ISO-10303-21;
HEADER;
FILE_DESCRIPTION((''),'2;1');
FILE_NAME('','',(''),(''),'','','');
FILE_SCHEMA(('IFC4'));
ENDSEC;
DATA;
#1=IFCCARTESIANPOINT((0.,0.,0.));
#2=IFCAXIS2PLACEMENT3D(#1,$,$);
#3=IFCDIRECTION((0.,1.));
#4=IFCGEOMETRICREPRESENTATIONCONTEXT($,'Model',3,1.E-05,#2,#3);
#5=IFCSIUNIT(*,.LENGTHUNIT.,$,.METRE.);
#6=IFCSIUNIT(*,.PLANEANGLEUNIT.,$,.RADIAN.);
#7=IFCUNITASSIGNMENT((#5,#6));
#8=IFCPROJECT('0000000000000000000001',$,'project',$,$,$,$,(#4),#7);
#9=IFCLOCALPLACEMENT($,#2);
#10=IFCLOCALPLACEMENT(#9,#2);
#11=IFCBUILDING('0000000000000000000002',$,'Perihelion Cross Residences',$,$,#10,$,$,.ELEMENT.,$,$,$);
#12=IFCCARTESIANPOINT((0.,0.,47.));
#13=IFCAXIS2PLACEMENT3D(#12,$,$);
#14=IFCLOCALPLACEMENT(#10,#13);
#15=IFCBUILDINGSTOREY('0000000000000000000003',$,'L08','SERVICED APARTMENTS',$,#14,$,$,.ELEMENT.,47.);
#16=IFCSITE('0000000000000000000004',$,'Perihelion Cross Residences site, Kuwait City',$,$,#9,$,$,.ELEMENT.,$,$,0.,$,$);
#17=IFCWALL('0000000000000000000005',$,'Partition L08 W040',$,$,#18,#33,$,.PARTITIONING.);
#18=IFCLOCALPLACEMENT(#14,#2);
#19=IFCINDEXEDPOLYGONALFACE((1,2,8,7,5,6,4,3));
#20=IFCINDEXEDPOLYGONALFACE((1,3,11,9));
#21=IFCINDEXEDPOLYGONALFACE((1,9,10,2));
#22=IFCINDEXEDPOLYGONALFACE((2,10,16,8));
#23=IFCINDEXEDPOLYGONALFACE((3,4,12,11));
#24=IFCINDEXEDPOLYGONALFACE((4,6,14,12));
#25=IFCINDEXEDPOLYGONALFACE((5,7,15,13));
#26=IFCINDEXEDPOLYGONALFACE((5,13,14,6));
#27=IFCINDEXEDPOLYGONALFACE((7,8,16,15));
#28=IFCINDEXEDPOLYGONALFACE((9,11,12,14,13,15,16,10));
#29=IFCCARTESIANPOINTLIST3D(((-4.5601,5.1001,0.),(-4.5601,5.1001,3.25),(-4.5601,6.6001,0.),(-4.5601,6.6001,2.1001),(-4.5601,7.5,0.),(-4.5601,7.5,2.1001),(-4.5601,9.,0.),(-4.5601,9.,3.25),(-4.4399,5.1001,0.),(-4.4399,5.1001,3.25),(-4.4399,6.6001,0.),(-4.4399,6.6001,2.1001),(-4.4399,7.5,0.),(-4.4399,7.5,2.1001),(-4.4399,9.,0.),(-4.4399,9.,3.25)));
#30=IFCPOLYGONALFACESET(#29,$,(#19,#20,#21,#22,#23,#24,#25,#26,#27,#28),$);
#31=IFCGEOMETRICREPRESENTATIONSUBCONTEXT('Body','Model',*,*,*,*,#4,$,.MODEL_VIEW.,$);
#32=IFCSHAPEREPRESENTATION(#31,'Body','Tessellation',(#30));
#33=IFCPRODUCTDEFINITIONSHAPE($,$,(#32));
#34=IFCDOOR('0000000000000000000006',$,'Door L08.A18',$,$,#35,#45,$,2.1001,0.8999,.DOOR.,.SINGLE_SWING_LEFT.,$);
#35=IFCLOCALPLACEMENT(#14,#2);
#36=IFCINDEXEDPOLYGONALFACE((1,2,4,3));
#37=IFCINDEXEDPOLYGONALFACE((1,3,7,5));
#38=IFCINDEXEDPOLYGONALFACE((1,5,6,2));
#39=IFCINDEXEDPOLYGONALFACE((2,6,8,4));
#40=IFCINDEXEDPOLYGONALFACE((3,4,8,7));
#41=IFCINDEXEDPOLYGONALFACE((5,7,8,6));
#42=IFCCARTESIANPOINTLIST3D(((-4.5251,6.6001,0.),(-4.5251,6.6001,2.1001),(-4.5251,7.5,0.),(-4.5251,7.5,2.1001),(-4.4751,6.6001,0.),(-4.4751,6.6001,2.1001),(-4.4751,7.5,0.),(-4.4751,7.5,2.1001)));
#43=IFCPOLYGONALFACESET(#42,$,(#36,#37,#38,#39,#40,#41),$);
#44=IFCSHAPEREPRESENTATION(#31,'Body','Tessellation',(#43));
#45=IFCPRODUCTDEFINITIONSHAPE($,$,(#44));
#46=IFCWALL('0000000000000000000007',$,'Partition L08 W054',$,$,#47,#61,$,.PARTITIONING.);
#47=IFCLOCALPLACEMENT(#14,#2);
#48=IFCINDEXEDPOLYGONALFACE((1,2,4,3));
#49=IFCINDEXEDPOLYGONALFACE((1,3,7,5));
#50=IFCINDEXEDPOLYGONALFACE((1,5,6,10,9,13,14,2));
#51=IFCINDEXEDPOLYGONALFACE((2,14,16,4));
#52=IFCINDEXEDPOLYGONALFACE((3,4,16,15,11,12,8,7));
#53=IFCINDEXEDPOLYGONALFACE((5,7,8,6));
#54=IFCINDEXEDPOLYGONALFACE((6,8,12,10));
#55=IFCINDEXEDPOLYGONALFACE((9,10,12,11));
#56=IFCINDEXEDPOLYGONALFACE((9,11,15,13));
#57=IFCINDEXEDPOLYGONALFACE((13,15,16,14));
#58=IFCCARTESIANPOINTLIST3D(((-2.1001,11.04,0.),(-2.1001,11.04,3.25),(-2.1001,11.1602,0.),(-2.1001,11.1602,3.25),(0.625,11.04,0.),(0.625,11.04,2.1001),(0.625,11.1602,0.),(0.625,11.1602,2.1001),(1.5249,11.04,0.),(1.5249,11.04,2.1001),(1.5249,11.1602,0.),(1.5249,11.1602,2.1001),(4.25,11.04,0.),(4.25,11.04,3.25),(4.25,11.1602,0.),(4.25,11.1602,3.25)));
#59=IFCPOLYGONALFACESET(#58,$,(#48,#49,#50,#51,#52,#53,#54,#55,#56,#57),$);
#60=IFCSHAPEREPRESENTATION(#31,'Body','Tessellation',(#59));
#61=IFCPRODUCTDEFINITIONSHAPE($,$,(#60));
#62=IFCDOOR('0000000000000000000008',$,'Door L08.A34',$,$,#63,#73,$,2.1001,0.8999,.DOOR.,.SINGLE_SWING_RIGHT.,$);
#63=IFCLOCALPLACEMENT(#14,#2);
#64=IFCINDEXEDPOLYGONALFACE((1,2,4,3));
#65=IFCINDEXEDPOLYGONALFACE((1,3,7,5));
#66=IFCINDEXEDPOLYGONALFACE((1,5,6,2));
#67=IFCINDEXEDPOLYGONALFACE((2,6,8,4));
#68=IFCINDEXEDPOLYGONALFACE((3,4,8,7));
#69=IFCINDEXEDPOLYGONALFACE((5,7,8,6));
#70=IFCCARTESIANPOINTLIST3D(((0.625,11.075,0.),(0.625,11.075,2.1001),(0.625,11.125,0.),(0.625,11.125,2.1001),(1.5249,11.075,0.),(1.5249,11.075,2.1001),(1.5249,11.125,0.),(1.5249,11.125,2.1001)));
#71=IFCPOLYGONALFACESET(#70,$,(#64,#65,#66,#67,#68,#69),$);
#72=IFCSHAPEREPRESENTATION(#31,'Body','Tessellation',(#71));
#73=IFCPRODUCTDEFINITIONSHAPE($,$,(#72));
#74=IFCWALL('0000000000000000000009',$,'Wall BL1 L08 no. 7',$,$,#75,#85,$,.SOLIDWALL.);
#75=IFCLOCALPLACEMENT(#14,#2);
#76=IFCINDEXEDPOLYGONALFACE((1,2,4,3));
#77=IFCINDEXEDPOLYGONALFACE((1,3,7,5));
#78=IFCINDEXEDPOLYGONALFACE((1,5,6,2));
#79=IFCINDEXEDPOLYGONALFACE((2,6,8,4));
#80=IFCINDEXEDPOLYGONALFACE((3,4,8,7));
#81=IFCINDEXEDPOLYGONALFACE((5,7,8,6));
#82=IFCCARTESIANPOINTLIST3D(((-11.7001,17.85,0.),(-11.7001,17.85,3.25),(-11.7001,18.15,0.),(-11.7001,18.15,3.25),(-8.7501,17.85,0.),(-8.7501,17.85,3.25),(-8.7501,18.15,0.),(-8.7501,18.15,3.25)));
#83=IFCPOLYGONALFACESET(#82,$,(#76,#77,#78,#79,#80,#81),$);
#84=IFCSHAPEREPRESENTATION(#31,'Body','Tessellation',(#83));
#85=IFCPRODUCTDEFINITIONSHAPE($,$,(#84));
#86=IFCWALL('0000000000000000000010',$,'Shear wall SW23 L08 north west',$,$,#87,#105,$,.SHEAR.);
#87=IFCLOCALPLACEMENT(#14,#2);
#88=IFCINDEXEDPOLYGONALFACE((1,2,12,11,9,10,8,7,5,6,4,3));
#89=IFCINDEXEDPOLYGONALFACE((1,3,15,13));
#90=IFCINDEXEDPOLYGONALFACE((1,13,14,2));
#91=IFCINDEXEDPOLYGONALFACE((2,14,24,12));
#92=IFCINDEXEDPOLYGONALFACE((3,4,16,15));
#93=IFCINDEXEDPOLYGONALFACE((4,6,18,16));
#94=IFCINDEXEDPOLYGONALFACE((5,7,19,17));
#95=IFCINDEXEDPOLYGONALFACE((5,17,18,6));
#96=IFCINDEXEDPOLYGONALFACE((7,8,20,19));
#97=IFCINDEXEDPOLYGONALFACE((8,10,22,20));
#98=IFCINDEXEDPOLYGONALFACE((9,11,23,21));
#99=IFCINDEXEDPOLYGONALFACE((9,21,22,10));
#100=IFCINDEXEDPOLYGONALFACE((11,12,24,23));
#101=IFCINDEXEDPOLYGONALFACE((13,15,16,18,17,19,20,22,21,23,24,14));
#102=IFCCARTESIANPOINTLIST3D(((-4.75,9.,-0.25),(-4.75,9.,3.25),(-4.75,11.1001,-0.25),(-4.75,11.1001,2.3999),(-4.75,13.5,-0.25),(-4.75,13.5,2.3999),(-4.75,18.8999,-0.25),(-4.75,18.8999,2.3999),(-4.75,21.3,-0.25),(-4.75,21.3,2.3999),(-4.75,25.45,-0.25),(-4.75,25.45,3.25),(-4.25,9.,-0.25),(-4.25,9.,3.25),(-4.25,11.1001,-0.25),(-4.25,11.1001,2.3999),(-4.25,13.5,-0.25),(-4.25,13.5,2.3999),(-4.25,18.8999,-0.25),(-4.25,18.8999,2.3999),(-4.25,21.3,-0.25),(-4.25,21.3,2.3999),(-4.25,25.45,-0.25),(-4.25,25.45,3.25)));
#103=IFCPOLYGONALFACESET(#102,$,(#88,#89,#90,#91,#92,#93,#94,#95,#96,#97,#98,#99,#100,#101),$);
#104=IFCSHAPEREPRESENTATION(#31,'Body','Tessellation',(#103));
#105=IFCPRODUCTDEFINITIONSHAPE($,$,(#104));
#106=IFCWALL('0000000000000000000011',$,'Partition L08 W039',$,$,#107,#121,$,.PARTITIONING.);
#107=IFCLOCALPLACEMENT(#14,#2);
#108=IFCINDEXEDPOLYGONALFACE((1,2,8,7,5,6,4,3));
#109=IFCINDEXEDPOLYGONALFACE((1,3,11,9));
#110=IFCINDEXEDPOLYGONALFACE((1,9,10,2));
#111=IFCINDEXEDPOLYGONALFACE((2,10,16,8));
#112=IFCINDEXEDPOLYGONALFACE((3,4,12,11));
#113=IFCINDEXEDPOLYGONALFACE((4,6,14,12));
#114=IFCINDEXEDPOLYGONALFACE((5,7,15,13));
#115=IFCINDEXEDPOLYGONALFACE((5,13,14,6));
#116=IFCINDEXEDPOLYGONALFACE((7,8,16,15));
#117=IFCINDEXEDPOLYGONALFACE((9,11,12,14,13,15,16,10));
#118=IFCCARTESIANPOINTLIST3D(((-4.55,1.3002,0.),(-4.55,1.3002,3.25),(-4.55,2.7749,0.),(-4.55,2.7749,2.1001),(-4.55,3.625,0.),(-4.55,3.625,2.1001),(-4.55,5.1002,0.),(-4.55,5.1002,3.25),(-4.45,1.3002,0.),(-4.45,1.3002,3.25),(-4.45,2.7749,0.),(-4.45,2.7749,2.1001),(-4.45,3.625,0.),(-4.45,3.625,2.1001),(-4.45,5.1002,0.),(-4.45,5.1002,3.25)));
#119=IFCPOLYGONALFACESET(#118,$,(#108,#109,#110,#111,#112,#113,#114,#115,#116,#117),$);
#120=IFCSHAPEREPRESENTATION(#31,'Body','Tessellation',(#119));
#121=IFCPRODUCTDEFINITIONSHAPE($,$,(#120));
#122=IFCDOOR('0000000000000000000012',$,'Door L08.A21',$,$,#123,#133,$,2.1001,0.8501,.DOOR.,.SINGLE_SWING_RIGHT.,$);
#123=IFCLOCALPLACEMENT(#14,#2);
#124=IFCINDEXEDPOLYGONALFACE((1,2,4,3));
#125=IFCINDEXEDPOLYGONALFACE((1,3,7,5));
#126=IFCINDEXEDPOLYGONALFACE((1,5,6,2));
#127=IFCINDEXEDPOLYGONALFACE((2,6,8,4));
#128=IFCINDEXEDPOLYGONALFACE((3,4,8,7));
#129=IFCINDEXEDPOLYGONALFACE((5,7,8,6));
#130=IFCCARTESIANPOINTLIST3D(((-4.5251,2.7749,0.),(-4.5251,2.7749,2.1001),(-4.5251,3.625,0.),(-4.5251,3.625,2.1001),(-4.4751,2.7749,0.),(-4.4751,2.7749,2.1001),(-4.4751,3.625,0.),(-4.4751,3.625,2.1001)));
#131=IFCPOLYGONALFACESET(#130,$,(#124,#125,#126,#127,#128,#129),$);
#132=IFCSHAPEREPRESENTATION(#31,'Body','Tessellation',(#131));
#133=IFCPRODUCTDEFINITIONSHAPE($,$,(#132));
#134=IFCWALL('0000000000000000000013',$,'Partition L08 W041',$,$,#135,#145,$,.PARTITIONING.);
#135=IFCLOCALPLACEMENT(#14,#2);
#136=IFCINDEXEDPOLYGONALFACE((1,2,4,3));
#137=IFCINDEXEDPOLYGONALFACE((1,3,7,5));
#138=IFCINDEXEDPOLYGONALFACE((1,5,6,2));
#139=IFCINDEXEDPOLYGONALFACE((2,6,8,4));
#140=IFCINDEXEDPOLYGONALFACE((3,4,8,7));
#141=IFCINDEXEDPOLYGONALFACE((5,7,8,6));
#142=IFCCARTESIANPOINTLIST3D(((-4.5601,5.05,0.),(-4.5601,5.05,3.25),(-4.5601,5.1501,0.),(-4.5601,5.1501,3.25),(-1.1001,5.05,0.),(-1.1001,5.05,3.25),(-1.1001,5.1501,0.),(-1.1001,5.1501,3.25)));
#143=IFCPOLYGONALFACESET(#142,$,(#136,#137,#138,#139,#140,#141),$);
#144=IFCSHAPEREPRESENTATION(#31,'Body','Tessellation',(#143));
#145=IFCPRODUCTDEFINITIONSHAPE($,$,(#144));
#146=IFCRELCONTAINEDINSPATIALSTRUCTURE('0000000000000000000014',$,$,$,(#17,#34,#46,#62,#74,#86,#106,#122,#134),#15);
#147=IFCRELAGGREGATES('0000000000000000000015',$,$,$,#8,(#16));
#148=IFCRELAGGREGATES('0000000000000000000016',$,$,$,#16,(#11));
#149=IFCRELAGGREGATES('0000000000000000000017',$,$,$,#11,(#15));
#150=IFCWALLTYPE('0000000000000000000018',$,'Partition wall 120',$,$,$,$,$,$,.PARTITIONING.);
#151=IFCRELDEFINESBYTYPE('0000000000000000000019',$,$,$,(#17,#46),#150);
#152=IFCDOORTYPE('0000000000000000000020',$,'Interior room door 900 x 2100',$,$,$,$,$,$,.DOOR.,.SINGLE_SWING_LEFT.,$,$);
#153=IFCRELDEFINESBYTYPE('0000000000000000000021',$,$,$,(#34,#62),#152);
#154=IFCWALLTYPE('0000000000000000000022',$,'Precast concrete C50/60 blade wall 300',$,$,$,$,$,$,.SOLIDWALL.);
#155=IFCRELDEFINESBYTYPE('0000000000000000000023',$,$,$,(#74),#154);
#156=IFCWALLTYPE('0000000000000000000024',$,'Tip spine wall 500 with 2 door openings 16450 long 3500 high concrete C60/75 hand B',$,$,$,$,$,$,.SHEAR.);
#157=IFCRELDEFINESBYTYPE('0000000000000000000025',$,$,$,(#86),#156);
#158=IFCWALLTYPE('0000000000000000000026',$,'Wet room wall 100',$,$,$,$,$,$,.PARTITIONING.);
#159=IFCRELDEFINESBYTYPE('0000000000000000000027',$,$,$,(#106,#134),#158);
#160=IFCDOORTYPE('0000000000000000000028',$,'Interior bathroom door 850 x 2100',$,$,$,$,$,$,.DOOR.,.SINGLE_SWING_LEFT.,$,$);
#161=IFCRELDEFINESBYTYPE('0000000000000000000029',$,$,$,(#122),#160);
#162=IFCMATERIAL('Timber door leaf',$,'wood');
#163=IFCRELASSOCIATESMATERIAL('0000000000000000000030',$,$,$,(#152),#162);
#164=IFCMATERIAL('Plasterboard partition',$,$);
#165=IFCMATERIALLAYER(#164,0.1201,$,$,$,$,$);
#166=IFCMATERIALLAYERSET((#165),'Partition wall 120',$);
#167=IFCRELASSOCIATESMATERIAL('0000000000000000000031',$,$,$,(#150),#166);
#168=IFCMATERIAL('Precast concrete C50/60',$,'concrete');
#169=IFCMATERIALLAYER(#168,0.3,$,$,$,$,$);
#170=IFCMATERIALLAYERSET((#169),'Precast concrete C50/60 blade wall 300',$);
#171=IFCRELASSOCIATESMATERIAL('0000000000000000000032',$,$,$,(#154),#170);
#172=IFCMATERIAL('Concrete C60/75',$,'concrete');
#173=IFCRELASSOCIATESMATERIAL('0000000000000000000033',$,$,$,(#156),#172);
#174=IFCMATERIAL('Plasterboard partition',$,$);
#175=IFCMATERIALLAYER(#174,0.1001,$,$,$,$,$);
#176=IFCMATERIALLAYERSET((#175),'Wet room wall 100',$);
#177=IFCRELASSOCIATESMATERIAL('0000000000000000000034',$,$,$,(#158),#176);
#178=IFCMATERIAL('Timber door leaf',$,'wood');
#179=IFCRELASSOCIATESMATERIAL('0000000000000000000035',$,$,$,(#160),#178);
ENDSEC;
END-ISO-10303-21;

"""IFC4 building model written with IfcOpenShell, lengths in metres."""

from ifc_helpers import new_model, si_unit, direction, frame, frame_2d, origin, place, context, subcontext, project, spatial, polyline, rectangle, outline, extrude, material, layer, layer_set, material_profile, profile_set, type_object, element, fill, save


model = new_model("IFC4")

# Units and contexts
model_context = context("Model", 3, precision=1e-05, world=origin(), true_north=direction((0.0, 1.0)))
body_context = subcontext(model_context, "Body", "Model", "MODEL_VIEW")
ifc_project = project(units=[si_unit("LENGTHUNIT", "METRE"), si_unit("PLANEANGLEUNIT", "RADIAN")], contexts=[model_context])

# Site, building, storey
site_placement = place(None, origin())
site = spatial("IfcSite", under=ifc_project, at=site_placement, Name="Perihelion Cross Residences site, Kuwait City", CompositionType="ELEMENT", RefElevation=0.0)
building_placement = place(site_placement, origin())
building = spatial("IfcBuilding", under=site, at=building_placement, Name="Perihelion Cross Residences", CompositionType="ELEMENT")
storey_placement = place(building_placement, frame((0.0, 0.0, 47.0)))
storey = spatial("IfcBuildingStorey", under=building, at=storey_placement, Name="L08", Description="SERVICED APARTMENTS", CompositionType="ELEMENT", Elevation=47.0)

# Walls, openings, doors
ifc_material_1 = material(Name="Timber door leaf", Category="wood")
door_type_1 = type_object("IfcDoorType", Name="Interior room door 900 x 2100", OperationType="SINGLE_SWING_LEFT", PredefinedType="DOOR", material=ifc_material_1)
ifc_material_2 = material(Name="Plasterboard partition")
ifc_layer_1 = layer(ifc_material_2, 0.1201)
ifc_layer_set_1 = layer_set([ifc_layer_1], Name="Partition wall 120")
wall_type_1 = type_object("IfcWallType", Name="Partition wall 120", PredefinedType="PARTITIONING", material=ifc_layer_set_1)
wall_1_placement = place(storey_placement, frame((-4.5, 9.0, 0.0), z_axis=(0.0, 0.0, 1.0), x_axis=(0.0, -1.0, 0.0)))
wall_1 = element("IfcWall", 1, at=wall_1_placement, inside=storey, type_object=wall_type_1, Name="Partition L08 W040", PredefinedType="PARTITIONING", context=body_context, shape_type="SweptSolid", body=[
    extrude(rectangle(XDim=3.8999, YDim=0.1201, at=frame_2d((1.95, 0.0))), origin(), (0.0, 0.0, 1.0), 3.25),
])
opening_1_placement = place(wall_1_placement, frame((1.5, 0.0, 0.0)))
opening_1 = element("IfcOpeningElement", 2, at=opening_1_placement, cuts=wall_1, PredefinedType="OPENING", context=body_context, shape_type="SweptSolid", body=[
    extrude(rectangle(XDim=0.8999, YDim=2.1001, at=frame_2d((0.45, 1.05))), frame((0.0, 0.0701, 0.0), z_axis=(0.0, -1.0, 0.0), x_axis=(1.0, 0.0, 0.0)), (0.0, 0.0, 1.0), 0.1401),
])
door_1_placement = place(opening_1_placement, origin())
door_1 = element("IfcDoor", 3, at=door_1_placement, inside=storey, type_object=door_type_1, Name="Door L08.A18", OperationType="SINGLE_SWING_LEFT", OverallHeight=2.1001, OverallWidth=0.8999, PredefinedType="DOOR", context=body_context, shape_type="SweptSolid", body=[
    extrude(rectangle(XDim=0.8999, YDim=2.1001, at=frame_2d((0.45, 1.05))), frame((0.0, 0.0249, 0.0), z_axis=(0.0, -1.0, 0.0), x_axis=(1.0, 0.0, 0.0)), (0.0, 0.0, 1.0), 0.05),
])
fill(opening_1, door_1)
wall_2_placement = place(storey_placement, frame((-2.1001, 11.1001, 0.0), z_axis=(0.0, 0.0, 1.0), x_axis=(1.0, 0.0, 0.0)))
wall_2 = element("IfcWall", 4, at=wall_2_placement, inside=storey, type_object=wall_type_1, Name="Partition L08 W054", PredefinedType="PARTITIONING", context=body_context, shape_type="SweptSolid", body=[
    extrude(rectangle(XDim=6.3501, YDim=0.1201, at=frame_2d((3.175, 0.0))), origin(), (0.0, 0.0, 1.0), 3.25),
])
opening_2_placement = place(wall_2_placement, frame((2.7251, 0.0, 0.0)))
opening_2 = element("IfcOpeningElement", 5, at=opening_2_placement, cuts=wall_2, PredefinedType="OPENING", context=body_context, shape_type="SweptSolid", body=[
    extrude(rectangle(XDim=0.8999, YDim=2.1001, at=frame_2d((0.45, 1.05))), frame((0.0, 0.0701, 0.0), z_axis=(0.0, -1.0, 0.0), x_axis=(1.0, 0.0, 0.0)), (0.0, 0.0, 1.0), 0.1401),
])
door_2_placement = place(opening_2_placement, origin())
door_2 = element("IfcDoor", 6, at=door_2_placement, inside=storey, type_object=door_type_1, Name="Door L08.A34", OperationType="SINGLE_SWING_RIGHT", OverallHeight=2.1001, OverallWidth=0.8999, PredefinedType="DOOR", context=body_context, shape_type="SweptSolid", body=[
    extrude(rectangle(XDim=0.8999, YDim=2.1001, at=frame_2d((0.45, 1.05))), frame((0.0, 0.0249, 0.0), z_axis=(0.0, -1.0, 0.0), x_axis=(1.0, 0.0, 0.0)), (0.0, 0.0, 1.0), 0.05),
])
fill(opening_2, door_2)

# Walls
ifc_material_3 = material(Name="Precast concrete C50/60", Category="concrete")
ifc_layer_2 = layer(ifc_material_3, 0.3)
ifc_layer_set_2 = layer_set([ifc_layer_2], Name="Precast concrete C50/60 blade wall 300")
wall_type_2 = type_object("IfcWallType", Name="Precast concrete C50/60 blade wall 300", PredefinedType="SOLIDWALL", material=ifc_layer_set_2)
wall_3_placement = place(storey_placement, frame((-8.75, 18.0, 0.0), z_axis=(0.0, 0.0, 1.0), x_axis=(-1.0, 0.0, 0.0)))
element("IfcWall", 7, at=wall_3_placement, inside=storey, type_object=wall_type_2, Name="Wall BL1 L08 no. 7", PredefinedType="SOLIDWALL", context=body_context, shape_type="SweptSolid", body=[
    extrude(rectangle(XDim=2.95, YDim=0.3, at=frame_2d((1.4751, 0.0))), origin(), (0.0, 0.0, 1.0), 3.25),
])
ifc_material_4 = material(Name="Concrete C60/75", Category="concrete")
ifc_material_profile_1 = material_profile(ifc_material_4, outline(polyline([(0.0, 0.0), (2.1001, 0.0), (2.1001, 2.6499), (4.5, 2.6499), (4.5, 0.0), (9.8999, 0.0), (9.8999, 2.6499), (12.3, 2.6499), (12.3, 0.0), (16.45, 0.0), (16.45, 3.5), (0.0, 3.5), (0.0, 0.0)])), Name="Tip spine wall")
ifc_profile_set_1 = profile_set([ifc_material_profile_1], Name="Concrete C60/75")
wall_type_3 = type_object("IfcWallType", Name="Tip spine wall 500 with 2 door openings 16450 long 3500 high concrete C60/75 hand B", PredefinedType="SHEAR", material=ifc_profile_set_1)
wall_4_placement = place(storey_placement, frame((-4.75, 9.0, -0.25), z_axis=(1.0, 0.0, 0.0), x_axis=(0.0, 1.0, 0.0)))
element("IfcWall", 8, at=wall_4_placement, inside=storey, type_object=wall_type_3, Name="Shear wall SW23 L08 north west", PredefinedType="SHEAR", context=body_context, shape_type="SweptSolid", body=[
    extrude(outline(polyline([(0.0, 0.0), (2.1001, 0.0), (2.1001, 2.6499), (4.5, 2.6499), (4.5, 0.0), (9.8999, 0.0), (9.8999, 2.6499), (12.3, 2.6499), (12.3, 0.0), (16.45, 0.0), (16.45, 3.5), (0.0, 3.5), (0.0, 0.0)])), origin(), (0.0, 0.0, 1.0), 0.5),
])

# Wall, opening, door
ifc_material_5 = material(Name="Plasterboard partition")
ifc_layer_3 = layer(ifc_material_5, 0.1001)
ifc_layer_set_3 = layer_set([ifc_layer_3], Name="Wet room wall 100")
wall_type_4 = type_object("IfcWallType", Name="Wet room wall 100", PredefinedType="PARTITIONING", material=ifc_layer_set_3)
wall_5_placement = place(storey_placement, frame((-4.5, 5.1001, 0.0), z_axis=(0.0, 0.0, 1.0), x_axis=(0.0, -1.0, 0.0)))
wall_5 = element("IfcWall", 9, at=wall_5_placement, inside=storey, type_object=wall_type_4, Name="Partition L08 W039", PredefinedType="PARTITIONING", context=body_context, shape_type="SweptSolid", body=[
    extrude(rectangle(XDim=3.8, YDim=0.1001, at=frame_2d((1.8999, 0.0))), origin(), (0.0, 0.0, 1.0), 3.25),
])
opening_3_placement = place(wall_5_placement, frame((1.4751, 0.0, 0.0)))
opening_3 = element("IfcOpeningElement", 10, at=opening_3_placement, cuts=wall_5, PredefinedType="OPENING", context=body_context, shape_type="SweptSolid", body=[
    extrude(rectangle(XDim=0.8501, YDim=2.1001, at=frame_2d((0.425, 1.05))), frame((0.0, 0.0601, 0.0), z_axis=(0.0, -1.0, 0.0), x_axis=(1.0, 0.0, 0.0)), (0.0, 0.0, 1.0), 0.1201),
])
ifc_material_6 = material(Name="Timber door leaf", Category="wood")
door_type_2 = type_object("IfcDoorType", Name="Interior bathroom door 850 x 2100", OperationType="SINGLE_SWING_LEFT", PredefinedType="DOOR", material=ifc_material_6)
door_3_placement = place(opening_3_placement, origin())
door_3 = element("IfcDoor", 11, at=door_3_placement, inside=storey, type_object=door_type_2, Name="Door L08.A21", OperationType="SINGLE_SWING_RIGHT", OverallHeight=2.1001, OverallWidth=0.8501, PredefinedType="DOOR", context=body_context, shape_type="SweptSolid", body=[
    extrude(rectangle(XDim=0.8501, YDim=2.1001, at=frame_2d((0.425, 1.05))), frame((0.0, 0.0249, 0.0), z_axis=(0.0, -1.0, 0.0), x_axis=(1.0, 0.0, 0.0)), (0.0, 0.0, 1.0), 0.05),
])
fill(opening_3, door_3)

# Wall
wall_6_placement = place(storey_placement, frame((-4.5601, 5.1001, 0.0), z_axis=(0.0, 0.0, 1.0), x_axis=(1.0, 0.0, 0.0)))
element("IfcWall", 12, at=wall_6_placement, inside=storey, type_object=wall_type_4, Name="Partition L08 W041", PredefinedType="PARTITIONING", context=body_context, shape_type="SweptSolid", body=[
    extrude(rectangle(XDim=3.46, YDim=0.1001, at=frame_2d((1.73, 0.0))), origin(), (0.0, 0.0, 1.0), 3.25),
])

save(model, "model.ifc")
